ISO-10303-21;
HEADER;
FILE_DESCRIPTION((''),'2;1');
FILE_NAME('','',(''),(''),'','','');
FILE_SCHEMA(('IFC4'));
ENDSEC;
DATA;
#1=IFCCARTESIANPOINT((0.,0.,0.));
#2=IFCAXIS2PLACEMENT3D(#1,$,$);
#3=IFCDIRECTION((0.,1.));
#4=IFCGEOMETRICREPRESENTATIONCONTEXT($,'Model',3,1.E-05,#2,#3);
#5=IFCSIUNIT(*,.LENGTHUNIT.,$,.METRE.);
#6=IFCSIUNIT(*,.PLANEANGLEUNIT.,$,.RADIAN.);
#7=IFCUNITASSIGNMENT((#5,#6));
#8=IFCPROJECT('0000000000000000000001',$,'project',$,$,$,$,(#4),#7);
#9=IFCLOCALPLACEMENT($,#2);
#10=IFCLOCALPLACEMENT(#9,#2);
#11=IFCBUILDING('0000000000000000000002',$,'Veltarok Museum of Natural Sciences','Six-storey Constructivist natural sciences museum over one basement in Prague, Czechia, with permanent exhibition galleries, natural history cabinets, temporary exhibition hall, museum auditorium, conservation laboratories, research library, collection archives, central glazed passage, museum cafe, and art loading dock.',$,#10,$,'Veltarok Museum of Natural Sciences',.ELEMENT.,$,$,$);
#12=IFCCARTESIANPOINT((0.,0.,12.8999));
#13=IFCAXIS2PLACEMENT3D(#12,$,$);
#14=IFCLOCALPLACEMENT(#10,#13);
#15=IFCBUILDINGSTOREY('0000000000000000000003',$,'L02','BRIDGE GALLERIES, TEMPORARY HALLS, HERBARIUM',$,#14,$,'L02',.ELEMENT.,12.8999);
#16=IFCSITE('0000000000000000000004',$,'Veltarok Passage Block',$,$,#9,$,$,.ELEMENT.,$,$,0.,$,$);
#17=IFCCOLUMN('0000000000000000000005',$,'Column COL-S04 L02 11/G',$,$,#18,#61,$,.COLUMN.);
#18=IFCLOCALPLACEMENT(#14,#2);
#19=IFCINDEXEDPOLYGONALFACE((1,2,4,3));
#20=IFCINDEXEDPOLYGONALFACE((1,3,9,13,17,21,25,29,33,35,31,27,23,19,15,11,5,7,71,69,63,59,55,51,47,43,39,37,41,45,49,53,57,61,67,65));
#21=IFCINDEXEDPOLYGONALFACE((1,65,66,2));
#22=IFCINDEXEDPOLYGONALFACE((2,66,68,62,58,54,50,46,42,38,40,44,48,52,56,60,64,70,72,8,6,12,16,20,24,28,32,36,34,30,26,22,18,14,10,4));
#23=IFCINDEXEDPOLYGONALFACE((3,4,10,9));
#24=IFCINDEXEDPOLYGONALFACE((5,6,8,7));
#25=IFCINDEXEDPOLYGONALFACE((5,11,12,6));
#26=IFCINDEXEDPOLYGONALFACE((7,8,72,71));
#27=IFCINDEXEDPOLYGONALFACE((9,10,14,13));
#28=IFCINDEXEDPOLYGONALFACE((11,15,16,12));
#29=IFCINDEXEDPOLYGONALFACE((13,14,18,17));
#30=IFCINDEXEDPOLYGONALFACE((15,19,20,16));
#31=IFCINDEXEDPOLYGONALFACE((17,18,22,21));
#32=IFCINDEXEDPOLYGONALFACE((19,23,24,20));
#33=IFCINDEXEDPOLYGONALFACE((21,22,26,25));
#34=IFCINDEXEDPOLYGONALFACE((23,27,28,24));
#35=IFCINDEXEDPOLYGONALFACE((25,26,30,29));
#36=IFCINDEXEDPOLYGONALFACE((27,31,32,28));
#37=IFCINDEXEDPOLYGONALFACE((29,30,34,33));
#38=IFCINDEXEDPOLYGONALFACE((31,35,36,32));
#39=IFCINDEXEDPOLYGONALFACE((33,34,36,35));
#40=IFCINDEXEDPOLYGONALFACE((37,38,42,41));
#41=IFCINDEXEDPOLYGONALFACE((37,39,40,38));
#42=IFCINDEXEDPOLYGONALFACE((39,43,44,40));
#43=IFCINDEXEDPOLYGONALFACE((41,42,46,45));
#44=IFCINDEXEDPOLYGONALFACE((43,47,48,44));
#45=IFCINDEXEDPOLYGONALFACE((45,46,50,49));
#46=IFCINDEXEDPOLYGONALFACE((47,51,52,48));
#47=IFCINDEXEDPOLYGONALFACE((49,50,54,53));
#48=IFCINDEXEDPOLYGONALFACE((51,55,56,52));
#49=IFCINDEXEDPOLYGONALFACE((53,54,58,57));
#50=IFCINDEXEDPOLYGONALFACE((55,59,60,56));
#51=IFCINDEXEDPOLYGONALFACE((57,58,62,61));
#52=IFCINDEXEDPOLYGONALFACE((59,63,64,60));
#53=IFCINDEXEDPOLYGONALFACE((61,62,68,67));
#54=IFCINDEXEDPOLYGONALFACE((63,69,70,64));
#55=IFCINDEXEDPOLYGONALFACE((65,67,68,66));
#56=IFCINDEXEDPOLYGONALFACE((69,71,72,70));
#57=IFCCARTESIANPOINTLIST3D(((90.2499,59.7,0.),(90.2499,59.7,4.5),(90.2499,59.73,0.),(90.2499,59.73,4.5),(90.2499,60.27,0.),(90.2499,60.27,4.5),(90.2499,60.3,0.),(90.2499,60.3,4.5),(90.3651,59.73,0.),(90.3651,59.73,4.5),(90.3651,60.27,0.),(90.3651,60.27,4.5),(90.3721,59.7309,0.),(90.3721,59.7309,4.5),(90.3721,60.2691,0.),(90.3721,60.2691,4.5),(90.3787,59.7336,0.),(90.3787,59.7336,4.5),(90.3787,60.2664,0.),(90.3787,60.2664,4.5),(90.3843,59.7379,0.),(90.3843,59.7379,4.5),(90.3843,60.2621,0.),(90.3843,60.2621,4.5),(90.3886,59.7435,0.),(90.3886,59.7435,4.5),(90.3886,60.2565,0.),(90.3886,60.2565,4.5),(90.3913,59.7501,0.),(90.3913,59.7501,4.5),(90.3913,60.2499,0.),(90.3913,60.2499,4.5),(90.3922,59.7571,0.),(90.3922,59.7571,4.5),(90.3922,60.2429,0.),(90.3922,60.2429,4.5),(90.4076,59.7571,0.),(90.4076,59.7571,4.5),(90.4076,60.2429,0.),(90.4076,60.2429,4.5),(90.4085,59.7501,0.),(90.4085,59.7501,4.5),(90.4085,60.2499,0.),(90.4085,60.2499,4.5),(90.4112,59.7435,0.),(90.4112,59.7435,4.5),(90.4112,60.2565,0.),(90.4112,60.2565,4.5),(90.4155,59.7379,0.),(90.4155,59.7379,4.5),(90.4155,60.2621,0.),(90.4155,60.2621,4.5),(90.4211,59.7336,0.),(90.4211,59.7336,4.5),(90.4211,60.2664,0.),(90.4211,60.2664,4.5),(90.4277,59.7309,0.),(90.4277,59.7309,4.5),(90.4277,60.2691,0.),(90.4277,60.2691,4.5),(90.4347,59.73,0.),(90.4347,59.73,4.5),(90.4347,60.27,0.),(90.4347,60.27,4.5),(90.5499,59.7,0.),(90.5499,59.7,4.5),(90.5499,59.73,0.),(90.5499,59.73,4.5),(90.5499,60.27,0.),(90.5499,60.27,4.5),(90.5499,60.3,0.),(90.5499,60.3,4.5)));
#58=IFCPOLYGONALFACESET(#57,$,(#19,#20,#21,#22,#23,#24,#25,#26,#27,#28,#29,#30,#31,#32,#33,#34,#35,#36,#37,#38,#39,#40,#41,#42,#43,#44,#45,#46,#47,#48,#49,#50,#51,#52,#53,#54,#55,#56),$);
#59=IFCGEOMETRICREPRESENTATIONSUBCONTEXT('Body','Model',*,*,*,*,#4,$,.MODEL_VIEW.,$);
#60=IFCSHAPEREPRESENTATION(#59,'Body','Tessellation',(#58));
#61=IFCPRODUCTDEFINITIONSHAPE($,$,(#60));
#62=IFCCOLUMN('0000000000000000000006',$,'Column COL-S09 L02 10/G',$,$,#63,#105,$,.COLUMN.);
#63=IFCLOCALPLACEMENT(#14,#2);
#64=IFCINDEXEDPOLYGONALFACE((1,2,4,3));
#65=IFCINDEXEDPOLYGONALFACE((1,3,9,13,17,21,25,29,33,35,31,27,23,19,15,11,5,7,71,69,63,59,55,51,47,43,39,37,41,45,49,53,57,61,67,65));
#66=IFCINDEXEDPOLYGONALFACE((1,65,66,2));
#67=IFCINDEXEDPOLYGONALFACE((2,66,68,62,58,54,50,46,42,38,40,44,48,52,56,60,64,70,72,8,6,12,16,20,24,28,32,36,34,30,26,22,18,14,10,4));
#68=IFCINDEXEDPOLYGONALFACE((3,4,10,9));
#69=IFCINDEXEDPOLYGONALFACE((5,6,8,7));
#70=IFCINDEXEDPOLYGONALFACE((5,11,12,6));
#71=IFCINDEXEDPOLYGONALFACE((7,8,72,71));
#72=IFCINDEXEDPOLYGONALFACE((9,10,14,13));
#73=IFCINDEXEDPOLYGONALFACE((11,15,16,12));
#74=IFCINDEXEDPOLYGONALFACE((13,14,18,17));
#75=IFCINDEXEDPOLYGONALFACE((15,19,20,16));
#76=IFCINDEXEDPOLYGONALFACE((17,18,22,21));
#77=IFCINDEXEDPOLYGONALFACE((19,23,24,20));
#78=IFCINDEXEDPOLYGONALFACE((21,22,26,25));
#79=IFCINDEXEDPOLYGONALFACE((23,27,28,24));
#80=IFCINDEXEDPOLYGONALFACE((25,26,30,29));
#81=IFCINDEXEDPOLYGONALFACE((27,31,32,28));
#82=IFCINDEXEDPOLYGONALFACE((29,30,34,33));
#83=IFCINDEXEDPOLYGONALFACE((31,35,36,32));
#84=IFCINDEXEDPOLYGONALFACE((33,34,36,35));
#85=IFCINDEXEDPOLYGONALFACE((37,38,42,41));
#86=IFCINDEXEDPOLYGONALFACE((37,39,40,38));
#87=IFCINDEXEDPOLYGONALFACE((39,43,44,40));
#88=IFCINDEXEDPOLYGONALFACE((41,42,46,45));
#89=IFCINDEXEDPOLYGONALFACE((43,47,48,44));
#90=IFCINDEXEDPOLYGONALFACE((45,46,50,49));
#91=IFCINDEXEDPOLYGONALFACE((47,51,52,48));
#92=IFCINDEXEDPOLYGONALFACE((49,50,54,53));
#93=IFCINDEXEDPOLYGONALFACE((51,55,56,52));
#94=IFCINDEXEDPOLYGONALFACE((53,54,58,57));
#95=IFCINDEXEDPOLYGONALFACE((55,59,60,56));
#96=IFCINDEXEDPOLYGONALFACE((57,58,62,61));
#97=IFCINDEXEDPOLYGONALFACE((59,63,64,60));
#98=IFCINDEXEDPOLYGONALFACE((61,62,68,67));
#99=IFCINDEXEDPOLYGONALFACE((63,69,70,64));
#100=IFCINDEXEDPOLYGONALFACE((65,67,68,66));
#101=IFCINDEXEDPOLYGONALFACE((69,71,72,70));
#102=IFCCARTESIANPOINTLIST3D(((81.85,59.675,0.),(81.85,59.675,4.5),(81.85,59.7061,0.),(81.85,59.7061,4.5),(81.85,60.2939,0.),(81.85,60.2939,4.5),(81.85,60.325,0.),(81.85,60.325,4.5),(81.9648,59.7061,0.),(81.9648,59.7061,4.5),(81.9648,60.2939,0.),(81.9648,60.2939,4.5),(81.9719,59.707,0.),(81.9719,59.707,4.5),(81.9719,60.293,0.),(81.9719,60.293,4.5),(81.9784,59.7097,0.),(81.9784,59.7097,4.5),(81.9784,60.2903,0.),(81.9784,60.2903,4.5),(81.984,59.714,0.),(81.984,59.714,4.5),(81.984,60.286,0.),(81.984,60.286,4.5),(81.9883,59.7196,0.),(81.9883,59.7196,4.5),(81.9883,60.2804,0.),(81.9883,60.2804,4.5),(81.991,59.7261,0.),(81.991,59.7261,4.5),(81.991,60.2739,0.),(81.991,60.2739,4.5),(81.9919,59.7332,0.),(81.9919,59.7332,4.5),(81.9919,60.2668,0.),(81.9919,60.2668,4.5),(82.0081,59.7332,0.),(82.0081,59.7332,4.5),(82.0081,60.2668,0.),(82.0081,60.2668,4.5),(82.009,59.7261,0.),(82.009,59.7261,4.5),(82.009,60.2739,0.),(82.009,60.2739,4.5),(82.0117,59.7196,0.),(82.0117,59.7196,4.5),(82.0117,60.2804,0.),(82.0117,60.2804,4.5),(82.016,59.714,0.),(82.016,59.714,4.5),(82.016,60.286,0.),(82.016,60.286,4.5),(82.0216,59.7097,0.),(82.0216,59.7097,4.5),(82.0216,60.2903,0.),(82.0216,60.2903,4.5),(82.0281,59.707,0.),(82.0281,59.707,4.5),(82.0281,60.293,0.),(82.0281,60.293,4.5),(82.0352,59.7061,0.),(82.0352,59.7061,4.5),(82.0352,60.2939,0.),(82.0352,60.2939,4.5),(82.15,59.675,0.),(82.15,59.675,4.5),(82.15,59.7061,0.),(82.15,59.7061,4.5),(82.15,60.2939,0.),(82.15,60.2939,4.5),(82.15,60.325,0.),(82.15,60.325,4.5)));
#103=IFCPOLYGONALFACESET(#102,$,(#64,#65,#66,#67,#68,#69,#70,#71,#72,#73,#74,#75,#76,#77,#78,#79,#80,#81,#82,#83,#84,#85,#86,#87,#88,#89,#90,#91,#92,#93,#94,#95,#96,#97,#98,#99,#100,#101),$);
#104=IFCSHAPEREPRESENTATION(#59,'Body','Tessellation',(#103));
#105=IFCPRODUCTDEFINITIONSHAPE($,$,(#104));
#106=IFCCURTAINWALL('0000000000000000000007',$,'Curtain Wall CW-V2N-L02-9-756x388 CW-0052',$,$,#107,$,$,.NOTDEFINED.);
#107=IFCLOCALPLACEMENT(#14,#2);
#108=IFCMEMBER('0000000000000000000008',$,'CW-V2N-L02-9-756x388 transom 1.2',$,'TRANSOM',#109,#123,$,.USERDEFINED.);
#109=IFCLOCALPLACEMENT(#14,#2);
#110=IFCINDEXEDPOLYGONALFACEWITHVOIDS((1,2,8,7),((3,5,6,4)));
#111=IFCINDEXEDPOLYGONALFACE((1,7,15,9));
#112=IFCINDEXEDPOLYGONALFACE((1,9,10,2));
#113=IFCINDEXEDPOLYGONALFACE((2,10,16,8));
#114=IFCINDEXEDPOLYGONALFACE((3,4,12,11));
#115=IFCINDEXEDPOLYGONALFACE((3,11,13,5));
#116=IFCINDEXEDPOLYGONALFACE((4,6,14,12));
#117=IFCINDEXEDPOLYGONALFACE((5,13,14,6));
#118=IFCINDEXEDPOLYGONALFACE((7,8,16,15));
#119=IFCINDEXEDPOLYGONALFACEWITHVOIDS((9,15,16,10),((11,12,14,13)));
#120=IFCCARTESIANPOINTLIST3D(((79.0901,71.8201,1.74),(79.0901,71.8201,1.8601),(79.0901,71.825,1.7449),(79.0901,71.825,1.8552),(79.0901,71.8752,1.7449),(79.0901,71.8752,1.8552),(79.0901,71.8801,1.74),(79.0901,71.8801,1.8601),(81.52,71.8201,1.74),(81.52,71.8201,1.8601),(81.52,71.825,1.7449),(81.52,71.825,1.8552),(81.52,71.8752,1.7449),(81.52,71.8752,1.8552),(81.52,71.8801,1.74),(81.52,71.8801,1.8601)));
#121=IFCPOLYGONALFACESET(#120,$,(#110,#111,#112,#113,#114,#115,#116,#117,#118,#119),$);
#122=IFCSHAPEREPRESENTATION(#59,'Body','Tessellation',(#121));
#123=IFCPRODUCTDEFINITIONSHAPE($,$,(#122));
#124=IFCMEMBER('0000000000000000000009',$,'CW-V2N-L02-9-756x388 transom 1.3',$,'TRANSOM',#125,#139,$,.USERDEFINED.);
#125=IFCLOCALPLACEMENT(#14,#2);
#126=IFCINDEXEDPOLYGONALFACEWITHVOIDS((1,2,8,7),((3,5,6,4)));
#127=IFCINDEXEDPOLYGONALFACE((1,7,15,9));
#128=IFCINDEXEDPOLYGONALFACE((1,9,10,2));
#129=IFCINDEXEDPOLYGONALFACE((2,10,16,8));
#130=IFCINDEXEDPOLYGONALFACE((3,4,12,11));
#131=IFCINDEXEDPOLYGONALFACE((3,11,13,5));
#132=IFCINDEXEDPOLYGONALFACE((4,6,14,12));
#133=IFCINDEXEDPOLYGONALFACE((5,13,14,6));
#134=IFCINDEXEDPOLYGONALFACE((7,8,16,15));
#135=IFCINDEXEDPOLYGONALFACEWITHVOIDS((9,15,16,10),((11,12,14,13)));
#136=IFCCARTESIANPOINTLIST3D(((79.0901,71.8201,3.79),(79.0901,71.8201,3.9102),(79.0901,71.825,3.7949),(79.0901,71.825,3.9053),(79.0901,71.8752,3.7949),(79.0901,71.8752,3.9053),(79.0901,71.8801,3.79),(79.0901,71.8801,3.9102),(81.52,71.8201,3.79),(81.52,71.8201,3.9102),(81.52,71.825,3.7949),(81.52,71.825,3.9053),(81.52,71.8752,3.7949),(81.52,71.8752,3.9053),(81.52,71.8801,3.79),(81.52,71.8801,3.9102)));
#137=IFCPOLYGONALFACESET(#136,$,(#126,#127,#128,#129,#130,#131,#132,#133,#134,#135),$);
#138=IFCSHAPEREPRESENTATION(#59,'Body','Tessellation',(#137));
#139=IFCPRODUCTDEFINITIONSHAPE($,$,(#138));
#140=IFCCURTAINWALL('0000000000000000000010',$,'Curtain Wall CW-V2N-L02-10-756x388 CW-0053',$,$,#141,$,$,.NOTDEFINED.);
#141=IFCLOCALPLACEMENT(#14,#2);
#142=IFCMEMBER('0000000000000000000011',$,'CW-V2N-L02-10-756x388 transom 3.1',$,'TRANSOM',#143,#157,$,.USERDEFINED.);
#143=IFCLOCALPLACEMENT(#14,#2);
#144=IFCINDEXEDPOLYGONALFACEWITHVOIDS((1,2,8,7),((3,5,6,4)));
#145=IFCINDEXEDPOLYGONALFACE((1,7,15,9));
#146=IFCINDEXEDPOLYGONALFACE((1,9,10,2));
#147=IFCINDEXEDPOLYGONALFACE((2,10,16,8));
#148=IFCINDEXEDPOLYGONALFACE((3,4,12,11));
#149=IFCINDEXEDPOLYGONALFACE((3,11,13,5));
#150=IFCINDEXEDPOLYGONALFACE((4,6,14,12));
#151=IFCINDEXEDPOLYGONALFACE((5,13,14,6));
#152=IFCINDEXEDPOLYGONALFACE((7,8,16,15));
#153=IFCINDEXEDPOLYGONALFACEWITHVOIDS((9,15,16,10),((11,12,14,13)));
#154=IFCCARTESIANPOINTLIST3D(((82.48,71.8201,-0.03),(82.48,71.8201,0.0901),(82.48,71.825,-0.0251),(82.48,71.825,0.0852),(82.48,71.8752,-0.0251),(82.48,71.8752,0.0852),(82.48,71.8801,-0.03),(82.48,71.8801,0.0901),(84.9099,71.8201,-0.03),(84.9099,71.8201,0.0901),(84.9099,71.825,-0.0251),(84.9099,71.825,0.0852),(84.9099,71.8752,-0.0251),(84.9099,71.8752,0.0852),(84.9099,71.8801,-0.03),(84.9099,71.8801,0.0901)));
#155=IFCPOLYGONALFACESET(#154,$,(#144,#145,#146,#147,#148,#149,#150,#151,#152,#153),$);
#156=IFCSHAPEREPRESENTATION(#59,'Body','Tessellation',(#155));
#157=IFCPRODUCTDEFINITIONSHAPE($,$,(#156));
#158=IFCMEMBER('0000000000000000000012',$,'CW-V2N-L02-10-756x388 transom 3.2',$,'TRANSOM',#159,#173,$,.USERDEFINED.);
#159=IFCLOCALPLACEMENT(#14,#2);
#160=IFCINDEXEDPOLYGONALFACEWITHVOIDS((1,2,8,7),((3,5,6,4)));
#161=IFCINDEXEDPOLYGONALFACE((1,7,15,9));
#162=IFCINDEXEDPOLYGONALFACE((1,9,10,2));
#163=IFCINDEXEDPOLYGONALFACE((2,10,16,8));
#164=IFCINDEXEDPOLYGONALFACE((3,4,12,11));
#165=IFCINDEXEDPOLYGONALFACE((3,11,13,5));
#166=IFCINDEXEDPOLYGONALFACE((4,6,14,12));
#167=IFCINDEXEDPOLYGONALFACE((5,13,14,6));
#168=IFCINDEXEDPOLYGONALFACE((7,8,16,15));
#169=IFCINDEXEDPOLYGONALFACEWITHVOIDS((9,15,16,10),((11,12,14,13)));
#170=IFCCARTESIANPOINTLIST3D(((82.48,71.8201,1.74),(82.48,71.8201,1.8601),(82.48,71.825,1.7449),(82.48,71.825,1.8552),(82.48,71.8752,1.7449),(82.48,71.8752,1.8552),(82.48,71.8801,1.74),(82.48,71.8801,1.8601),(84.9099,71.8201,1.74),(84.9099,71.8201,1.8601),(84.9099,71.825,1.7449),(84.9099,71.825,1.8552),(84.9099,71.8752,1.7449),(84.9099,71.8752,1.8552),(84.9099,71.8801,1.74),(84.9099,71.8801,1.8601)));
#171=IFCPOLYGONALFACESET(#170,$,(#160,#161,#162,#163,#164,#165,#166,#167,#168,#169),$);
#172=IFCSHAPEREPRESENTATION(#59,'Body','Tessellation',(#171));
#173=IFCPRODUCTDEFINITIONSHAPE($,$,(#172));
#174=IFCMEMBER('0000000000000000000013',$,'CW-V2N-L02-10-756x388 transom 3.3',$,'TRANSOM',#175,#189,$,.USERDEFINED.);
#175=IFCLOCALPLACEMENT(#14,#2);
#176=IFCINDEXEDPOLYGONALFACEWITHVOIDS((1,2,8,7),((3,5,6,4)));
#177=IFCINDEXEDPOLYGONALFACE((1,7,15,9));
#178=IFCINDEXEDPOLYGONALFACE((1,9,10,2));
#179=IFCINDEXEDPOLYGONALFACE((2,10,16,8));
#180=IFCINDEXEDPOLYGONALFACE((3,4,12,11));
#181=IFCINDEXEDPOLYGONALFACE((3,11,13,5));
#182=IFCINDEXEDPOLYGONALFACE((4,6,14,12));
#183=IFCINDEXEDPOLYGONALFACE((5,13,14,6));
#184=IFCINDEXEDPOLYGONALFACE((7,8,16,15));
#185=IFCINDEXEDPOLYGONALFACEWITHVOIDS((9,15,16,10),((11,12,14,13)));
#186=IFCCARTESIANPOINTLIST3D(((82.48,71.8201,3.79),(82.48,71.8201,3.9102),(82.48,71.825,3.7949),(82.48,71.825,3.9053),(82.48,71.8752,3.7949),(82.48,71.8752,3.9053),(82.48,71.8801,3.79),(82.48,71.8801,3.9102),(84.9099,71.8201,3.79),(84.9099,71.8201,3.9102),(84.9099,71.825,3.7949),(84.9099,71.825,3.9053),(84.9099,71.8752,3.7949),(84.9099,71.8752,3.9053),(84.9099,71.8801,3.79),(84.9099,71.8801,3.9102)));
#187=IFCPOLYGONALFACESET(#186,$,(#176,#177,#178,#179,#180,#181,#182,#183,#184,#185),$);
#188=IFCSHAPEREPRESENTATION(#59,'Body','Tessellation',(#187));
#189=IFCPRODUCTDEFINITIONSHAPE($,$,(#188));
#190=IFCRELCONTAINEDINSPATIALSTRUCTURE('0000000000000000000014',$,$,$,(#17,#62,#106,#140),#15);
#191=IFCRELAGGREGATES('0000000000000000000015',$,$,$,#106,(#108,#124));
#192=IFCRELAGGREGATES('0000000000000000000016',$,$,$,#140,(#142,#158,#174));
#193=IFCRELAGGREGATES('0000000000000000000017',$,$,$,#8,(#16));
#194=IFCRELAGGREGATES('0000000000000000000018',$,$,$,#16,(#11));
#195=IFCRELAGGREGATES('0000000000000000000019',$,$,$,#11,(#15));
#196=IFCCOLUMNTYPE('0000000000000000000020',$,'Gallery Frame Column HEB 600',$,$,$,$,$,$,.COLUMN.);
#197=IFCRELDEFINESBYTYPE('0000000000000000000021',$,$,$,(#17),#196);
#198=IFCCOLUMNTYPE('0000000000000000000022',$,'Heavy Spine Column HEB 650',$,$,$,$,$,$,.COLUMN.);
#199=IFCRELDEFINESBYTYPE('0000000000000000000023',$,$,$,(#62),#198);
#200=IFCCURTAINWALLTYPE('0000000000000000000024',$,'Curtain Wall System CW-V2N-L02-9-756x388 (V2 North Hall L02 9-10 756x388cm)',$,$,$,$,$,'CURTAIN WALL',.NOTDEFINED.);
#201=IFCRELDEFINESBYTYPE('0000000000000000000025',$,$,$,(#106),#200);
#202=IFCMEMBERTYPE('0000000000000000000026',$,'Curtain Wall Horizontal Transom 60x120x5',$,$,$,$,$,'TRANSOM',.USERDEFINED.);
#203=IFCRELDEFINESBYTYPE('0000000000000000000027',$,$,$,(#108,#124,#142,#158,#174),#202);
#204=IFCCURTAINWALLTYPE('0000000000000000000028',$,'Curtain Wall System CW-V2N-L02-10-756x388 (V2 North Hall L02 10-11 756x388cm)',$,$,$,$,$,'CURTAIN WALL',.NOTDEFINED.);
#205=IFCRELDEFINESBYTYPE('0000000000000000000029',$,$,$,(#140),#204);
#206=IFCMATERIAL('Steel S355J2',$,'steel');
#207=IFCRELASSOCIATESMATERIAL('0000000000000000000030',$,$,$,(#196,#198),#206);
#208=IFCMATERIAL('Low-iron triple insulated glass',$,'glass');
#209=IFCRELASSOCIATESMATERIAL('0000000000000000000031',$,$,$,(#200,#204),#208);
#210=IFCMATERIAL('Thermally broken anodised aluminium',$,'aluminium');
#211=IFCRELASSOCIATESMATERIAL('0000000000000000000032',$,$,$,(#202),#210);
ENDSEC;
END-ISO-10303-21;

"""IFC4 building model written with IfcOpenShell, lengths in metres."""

from ifc_helpers import new_model, si_unit, direction, frame, origin, origin_2d, place, context, subcontext, project, spatial, hollow_rectangle, i_section, extrude, material, material_profile, profile_set, type_object, element, aggregate, save


model = new_model("IFC4")

# Units and contexts
model_context = context("Model", 3, precision=1e-05, world=origin(), true_north=direction((0.0, 1.0)))
body_context = subcontext(model_context, "Body", "Model", "MODEL_VIEW")
ifc_project = project(units=[si_unit("LENGTHUNIT", "METRE"), si_unit("PLANEANGLEUNIT", "RADIAN")], contexts=[model_context])

# Site, building, storey
site_placement = place(None, origin())
site = spatial("IfcSite", under=ifc_project, at=site_placement, Name="Veltarok Passage Block", CompositionType="ELEMENT", RefElevation=0.0)
building_placement = place(site_placement, origin())
building = spatial("IfcBuilding", under=site, at=building_placement, Name="Veltarok Museum of Natural Sciences", Description="Six-storey Constructivist natural sciences museum over one basement in Prague, Czechia, with permanent exhibition galleries, natural history cabinets, temporary exhibition hall, museum auditorium, conservation laboratories, research library, collection archives, central glazed passage, museum cafe, and art loading dock.", LongName="Veltarok Museum of Natural Sciences", CompositionType="ELEMENT")
storey_placement = place(building_placement, frame((0.0, 0.0, 12.8999)))
storey = spatial("IfcBuildingStorey", under=building, at=storey_placement, Name="L02", Description="BRIDGE GALLERIES, TEMPORARY HALLS, HERBARIUM", LongName="L02", CompositionType="ELEMENT", Elevation=12.8999)

# Columns
ifc_material_1 = material(Name="Steel S355J2", Category="steel")
ifc_material_profile_1 = material_profile(ifc_material_1, i_section(OverallWidth=0.3, OverallDepth=0.6001, WebThickness=0.0154, FlangeThickness=0.03, FilletRadius=0.0271, at=origin_2d()), Name="HEB 600")
ifc_profile_set_1 = profile_set([ifc_material_profile_1], Name="Steel S355J2")
column_type_1 = type_object("IfcColumnType", Name="Gallery Frame Column HEB 600", PredefinedType="COLUMN", material=ifc_profile_set_1)
column_1_placement = place(storey_placement, frame((90.3999, 60.0, 0.0), z_axis=(0.0, 0.0, 1.0), x_axis=(1.0, 0.0, 0.0)))
element("IfcColumn", 1, at=column_1_placement, inside=storey, type_object=column_type_1, Name="Column COL-S04 L02 11/G", PredefinedType="COLUMN", context=body_context, shape_type="SweptSolid", body=[
    extrude(i_section(OverallWidth=0.3, OverallDepth=0.6001, WebThickness=0.0154, FlangeThickness=0.03, FilletRadius=0.0271, at=origin_2d()), origin(), (0.0, 0.0, 1.0), 4.5),
])
ifc_material_profile_2 = material_profile(ifc_material_1, i_section(OverallWidth=0.3, OverallDepth=0.6499, WebThickness=0.0161, FlangeThickness=0.031, FilletRadius=0.0271, at=origin_2d()), Name="HEB 650")
ifc_profile_set_2 = profile_set([ifc_material_profile_2], Name="Steel S355J2")
column_type_2 = type_object("IfcColumnType", Name="Heavy Spine Column HEB 650", PredefinedType="COLUMN", material=ifc_profile_set_2)
column_2_placement = place(storey_placement, frame((82.0, 60.0, 0.0), z_axis=(0.0, 0.0, 1.0), x_axis=(1.0, 0.0, 0.0)))
element("IfcColumn", 2, at=column_2_placement, inside=storey, type_object=column_type_2, Name="Column COL-S09 L02 10/G", PredefinedType="COLUMN", context=body_context, shape_type="SweptSolid", body=[
    extrude(i_section(OverallWidth=0.3, OverallDepth=0.6499, WebThickness=0.0161, FlangeThickness=0.031, FilletRadius=0.0271, at=origin_2d()), origin(), (0.0, 0.0, 1.0), 4.5),
])

# Curtain walls, members
ifc_material_2 = material(Name="Low-iron triple insulated glass", Category="glass")
curtain_wall_type_1 = type_object("IfcCurtainWallType", Name="Curtain Wall System CW-V2N-L02-9-756x388 (V2 North Hall L02 9-10 756x388cm)", ElementType="CURTAIN WALL", PredefinedType="NOTDEFINED", material=ifc_material_2)
curtain_wall_1_placement = place(storey_placement, origin())
curtain_wall_1 = element("IfcCurtainWall", 3, at=curtain_wall_1_placement, inside=storey, type_object=curtain_wall_type_1, Name="Curtain Wall CW-V2N-L02-9-756x388 CW-0052", PredefinedType="NOTDEFINED")
ifc_material_3 = material(Name="Thermally broken anodised aluminium", Category="aluminium")
ifc_material_profile_3 = material_profile(ifc_material_3, hollow_rectangle(XDim=0.0601, YDim=0.1201, WallThickness=0.0049, at=origin_2d()), Name="CW TRANSOM 60x120x5")
ifc_profile_set_3 = profile_set([ifc_material_profile_3], Name="Thermally broken anodised aluminium")
member_type_1 = type_object("IfcMemberType", Name="Curtain Wall Horizontal Transom 60x120x5", ElementType="TRANSOM", PredefinedType="USERDEFINED", material=ifc_profile_set_3)
member_1_placement = place(storey_placement, frame((81.52, 71.8501, 1.8), z_axis=(-1.0, 0.0, 0.0), x_axis=(0.0, -1.0, 0.0)))
member_1 = element("IfcMember", 4, at=member_1_placement, type_object=member_type_1, Name="CW-V2N-L02-9-756x388 transom 1.2", ObjectType="TRANSOM", PredefinedType="USERDEFINED", context=body_context, shape_type="SweptSolid", body=[
    extrude(hollow_rectangle(XDim=0.0601, YDim=0.1201, WallThickness=0.0049, at=origin_2d()), origin(), (0.0, 0.0, 1.0), 2.4299),
])
member_2_placement = place(storey_placement, frame((81.52, 71.8501, 3.8501), z_axis=(-1.0, 0.0, 0.0), x_axis=(0.0, -1.0, 0.0)))
member_2 = element("IfcMember", 5, at=member_2_placement, type_object=member_type_1, Name="CW-V2N-L02-9-756x388 transom 1.3", ObjectType="TRANSOM", PredefinedType="USERDEFINED", context=body_context, shape_type="SweptSolid", body=[
    extrude(hollow_rectangle(XDim=0.0601, YDim=0.1201, WallThickness=0.0049, at=origin_2d()), origin(), (0.0, 0.0, 1.0), 2.4299),
])
curtain_wall_type_2 = type_object("IfcCurtainWallType", Name="Curtain Wall System CW-V2N-L02-10-756x388 (V2 North Hall L02 10-11 756x388cm)", ElementType="CURTAIN WALL", PredefinedType="NOTDEFINED", material=ifc_material_2)
curtain_wall_2_placement = place(storey_placement, origin())
curtain_wall_2 = element("IfcCurtainWall", 6, at=curtain_wall_2_placement, inside=storey, type_object=curtain_wall_type_2, Name="Curtain Wall CW-V2N-L02-10-756x388 CW-0053", PredefinedType="NOTDEFINED")
member_3_placement = place(storey_placement, frame((84.9099, 71.8501, 0.03), z_axis=(-1.0, 0.0, 0.0), x_axis=(0.0, -1.0, 0.0)))
member_3 = element("IfcMember", 7, at=member_3_placement, type_object=member_type_1, Name="CW-V2N-L02-10-756x388 transom 3.1", ObjectType="TRANSOM", PredefinedType="USERDEFINED", context=body_context, shape_type="SweptSolid", body=[
    extrude(hollow_rectangle(XDim=0.0601, YDim=0.1201, WallThickness=0.0049, at=origin_2d()), origin(), (0.0, 0.0, 1.0), 2.4299),
])
member_4_placement = place(storey_placement, frame((84.9099, 71.8501, 1.8), z_axis=(-1.0, 0.0, 0.0), x_axis=(0.0, -1.0, 0.0)))
member_4 = element("IfcMember", 8, at=member_4_placement, type_object=member_type_1, Name="CW-V2N-L02-10-756x388 transom 3.2", ObjectType="TRANSOM", PredefinedType="USERDEFINED", context=body_context, shape_type="SweptSolid", body=[
    extrude(hollow_rectangle(XDim=0.0601, YDim=0.1201, WallThickness=0.0049, at=origin_2d()), origin(), (0.0, 0.0, 1.0), 2.4299),
])
member_5_placement = place(storey_placement, frame((84.9099, 71.8501, 3.8501), z_axis=(-1.0, 0.0, 0.0), x_axis=(0.0, -1.0, 0.0)))
member_5 = element("IfcMember", 9, at=member_5_placement, type_object=member_type_1, Name="CW-V2N-L02-10-756x388 transom 3.3", ObjectType="TRANSOM", PredefinedType="USERDEFINED", context=body_context, shape_type="SweptSolid", body=[
    extrude(hollow_rectangle(XDim=0.0601, YDim=0.1201, WallThickness=0.0049, at=origin_2d()), origin(), (0.0, 0.0, 1.0), 2.4299),
])

aggregate(curtain_wall_1, [member_1, member_2])

aggregate(curtain_wall_2, [member_3, member_4, member_5])

save(model, "model.ifc")
